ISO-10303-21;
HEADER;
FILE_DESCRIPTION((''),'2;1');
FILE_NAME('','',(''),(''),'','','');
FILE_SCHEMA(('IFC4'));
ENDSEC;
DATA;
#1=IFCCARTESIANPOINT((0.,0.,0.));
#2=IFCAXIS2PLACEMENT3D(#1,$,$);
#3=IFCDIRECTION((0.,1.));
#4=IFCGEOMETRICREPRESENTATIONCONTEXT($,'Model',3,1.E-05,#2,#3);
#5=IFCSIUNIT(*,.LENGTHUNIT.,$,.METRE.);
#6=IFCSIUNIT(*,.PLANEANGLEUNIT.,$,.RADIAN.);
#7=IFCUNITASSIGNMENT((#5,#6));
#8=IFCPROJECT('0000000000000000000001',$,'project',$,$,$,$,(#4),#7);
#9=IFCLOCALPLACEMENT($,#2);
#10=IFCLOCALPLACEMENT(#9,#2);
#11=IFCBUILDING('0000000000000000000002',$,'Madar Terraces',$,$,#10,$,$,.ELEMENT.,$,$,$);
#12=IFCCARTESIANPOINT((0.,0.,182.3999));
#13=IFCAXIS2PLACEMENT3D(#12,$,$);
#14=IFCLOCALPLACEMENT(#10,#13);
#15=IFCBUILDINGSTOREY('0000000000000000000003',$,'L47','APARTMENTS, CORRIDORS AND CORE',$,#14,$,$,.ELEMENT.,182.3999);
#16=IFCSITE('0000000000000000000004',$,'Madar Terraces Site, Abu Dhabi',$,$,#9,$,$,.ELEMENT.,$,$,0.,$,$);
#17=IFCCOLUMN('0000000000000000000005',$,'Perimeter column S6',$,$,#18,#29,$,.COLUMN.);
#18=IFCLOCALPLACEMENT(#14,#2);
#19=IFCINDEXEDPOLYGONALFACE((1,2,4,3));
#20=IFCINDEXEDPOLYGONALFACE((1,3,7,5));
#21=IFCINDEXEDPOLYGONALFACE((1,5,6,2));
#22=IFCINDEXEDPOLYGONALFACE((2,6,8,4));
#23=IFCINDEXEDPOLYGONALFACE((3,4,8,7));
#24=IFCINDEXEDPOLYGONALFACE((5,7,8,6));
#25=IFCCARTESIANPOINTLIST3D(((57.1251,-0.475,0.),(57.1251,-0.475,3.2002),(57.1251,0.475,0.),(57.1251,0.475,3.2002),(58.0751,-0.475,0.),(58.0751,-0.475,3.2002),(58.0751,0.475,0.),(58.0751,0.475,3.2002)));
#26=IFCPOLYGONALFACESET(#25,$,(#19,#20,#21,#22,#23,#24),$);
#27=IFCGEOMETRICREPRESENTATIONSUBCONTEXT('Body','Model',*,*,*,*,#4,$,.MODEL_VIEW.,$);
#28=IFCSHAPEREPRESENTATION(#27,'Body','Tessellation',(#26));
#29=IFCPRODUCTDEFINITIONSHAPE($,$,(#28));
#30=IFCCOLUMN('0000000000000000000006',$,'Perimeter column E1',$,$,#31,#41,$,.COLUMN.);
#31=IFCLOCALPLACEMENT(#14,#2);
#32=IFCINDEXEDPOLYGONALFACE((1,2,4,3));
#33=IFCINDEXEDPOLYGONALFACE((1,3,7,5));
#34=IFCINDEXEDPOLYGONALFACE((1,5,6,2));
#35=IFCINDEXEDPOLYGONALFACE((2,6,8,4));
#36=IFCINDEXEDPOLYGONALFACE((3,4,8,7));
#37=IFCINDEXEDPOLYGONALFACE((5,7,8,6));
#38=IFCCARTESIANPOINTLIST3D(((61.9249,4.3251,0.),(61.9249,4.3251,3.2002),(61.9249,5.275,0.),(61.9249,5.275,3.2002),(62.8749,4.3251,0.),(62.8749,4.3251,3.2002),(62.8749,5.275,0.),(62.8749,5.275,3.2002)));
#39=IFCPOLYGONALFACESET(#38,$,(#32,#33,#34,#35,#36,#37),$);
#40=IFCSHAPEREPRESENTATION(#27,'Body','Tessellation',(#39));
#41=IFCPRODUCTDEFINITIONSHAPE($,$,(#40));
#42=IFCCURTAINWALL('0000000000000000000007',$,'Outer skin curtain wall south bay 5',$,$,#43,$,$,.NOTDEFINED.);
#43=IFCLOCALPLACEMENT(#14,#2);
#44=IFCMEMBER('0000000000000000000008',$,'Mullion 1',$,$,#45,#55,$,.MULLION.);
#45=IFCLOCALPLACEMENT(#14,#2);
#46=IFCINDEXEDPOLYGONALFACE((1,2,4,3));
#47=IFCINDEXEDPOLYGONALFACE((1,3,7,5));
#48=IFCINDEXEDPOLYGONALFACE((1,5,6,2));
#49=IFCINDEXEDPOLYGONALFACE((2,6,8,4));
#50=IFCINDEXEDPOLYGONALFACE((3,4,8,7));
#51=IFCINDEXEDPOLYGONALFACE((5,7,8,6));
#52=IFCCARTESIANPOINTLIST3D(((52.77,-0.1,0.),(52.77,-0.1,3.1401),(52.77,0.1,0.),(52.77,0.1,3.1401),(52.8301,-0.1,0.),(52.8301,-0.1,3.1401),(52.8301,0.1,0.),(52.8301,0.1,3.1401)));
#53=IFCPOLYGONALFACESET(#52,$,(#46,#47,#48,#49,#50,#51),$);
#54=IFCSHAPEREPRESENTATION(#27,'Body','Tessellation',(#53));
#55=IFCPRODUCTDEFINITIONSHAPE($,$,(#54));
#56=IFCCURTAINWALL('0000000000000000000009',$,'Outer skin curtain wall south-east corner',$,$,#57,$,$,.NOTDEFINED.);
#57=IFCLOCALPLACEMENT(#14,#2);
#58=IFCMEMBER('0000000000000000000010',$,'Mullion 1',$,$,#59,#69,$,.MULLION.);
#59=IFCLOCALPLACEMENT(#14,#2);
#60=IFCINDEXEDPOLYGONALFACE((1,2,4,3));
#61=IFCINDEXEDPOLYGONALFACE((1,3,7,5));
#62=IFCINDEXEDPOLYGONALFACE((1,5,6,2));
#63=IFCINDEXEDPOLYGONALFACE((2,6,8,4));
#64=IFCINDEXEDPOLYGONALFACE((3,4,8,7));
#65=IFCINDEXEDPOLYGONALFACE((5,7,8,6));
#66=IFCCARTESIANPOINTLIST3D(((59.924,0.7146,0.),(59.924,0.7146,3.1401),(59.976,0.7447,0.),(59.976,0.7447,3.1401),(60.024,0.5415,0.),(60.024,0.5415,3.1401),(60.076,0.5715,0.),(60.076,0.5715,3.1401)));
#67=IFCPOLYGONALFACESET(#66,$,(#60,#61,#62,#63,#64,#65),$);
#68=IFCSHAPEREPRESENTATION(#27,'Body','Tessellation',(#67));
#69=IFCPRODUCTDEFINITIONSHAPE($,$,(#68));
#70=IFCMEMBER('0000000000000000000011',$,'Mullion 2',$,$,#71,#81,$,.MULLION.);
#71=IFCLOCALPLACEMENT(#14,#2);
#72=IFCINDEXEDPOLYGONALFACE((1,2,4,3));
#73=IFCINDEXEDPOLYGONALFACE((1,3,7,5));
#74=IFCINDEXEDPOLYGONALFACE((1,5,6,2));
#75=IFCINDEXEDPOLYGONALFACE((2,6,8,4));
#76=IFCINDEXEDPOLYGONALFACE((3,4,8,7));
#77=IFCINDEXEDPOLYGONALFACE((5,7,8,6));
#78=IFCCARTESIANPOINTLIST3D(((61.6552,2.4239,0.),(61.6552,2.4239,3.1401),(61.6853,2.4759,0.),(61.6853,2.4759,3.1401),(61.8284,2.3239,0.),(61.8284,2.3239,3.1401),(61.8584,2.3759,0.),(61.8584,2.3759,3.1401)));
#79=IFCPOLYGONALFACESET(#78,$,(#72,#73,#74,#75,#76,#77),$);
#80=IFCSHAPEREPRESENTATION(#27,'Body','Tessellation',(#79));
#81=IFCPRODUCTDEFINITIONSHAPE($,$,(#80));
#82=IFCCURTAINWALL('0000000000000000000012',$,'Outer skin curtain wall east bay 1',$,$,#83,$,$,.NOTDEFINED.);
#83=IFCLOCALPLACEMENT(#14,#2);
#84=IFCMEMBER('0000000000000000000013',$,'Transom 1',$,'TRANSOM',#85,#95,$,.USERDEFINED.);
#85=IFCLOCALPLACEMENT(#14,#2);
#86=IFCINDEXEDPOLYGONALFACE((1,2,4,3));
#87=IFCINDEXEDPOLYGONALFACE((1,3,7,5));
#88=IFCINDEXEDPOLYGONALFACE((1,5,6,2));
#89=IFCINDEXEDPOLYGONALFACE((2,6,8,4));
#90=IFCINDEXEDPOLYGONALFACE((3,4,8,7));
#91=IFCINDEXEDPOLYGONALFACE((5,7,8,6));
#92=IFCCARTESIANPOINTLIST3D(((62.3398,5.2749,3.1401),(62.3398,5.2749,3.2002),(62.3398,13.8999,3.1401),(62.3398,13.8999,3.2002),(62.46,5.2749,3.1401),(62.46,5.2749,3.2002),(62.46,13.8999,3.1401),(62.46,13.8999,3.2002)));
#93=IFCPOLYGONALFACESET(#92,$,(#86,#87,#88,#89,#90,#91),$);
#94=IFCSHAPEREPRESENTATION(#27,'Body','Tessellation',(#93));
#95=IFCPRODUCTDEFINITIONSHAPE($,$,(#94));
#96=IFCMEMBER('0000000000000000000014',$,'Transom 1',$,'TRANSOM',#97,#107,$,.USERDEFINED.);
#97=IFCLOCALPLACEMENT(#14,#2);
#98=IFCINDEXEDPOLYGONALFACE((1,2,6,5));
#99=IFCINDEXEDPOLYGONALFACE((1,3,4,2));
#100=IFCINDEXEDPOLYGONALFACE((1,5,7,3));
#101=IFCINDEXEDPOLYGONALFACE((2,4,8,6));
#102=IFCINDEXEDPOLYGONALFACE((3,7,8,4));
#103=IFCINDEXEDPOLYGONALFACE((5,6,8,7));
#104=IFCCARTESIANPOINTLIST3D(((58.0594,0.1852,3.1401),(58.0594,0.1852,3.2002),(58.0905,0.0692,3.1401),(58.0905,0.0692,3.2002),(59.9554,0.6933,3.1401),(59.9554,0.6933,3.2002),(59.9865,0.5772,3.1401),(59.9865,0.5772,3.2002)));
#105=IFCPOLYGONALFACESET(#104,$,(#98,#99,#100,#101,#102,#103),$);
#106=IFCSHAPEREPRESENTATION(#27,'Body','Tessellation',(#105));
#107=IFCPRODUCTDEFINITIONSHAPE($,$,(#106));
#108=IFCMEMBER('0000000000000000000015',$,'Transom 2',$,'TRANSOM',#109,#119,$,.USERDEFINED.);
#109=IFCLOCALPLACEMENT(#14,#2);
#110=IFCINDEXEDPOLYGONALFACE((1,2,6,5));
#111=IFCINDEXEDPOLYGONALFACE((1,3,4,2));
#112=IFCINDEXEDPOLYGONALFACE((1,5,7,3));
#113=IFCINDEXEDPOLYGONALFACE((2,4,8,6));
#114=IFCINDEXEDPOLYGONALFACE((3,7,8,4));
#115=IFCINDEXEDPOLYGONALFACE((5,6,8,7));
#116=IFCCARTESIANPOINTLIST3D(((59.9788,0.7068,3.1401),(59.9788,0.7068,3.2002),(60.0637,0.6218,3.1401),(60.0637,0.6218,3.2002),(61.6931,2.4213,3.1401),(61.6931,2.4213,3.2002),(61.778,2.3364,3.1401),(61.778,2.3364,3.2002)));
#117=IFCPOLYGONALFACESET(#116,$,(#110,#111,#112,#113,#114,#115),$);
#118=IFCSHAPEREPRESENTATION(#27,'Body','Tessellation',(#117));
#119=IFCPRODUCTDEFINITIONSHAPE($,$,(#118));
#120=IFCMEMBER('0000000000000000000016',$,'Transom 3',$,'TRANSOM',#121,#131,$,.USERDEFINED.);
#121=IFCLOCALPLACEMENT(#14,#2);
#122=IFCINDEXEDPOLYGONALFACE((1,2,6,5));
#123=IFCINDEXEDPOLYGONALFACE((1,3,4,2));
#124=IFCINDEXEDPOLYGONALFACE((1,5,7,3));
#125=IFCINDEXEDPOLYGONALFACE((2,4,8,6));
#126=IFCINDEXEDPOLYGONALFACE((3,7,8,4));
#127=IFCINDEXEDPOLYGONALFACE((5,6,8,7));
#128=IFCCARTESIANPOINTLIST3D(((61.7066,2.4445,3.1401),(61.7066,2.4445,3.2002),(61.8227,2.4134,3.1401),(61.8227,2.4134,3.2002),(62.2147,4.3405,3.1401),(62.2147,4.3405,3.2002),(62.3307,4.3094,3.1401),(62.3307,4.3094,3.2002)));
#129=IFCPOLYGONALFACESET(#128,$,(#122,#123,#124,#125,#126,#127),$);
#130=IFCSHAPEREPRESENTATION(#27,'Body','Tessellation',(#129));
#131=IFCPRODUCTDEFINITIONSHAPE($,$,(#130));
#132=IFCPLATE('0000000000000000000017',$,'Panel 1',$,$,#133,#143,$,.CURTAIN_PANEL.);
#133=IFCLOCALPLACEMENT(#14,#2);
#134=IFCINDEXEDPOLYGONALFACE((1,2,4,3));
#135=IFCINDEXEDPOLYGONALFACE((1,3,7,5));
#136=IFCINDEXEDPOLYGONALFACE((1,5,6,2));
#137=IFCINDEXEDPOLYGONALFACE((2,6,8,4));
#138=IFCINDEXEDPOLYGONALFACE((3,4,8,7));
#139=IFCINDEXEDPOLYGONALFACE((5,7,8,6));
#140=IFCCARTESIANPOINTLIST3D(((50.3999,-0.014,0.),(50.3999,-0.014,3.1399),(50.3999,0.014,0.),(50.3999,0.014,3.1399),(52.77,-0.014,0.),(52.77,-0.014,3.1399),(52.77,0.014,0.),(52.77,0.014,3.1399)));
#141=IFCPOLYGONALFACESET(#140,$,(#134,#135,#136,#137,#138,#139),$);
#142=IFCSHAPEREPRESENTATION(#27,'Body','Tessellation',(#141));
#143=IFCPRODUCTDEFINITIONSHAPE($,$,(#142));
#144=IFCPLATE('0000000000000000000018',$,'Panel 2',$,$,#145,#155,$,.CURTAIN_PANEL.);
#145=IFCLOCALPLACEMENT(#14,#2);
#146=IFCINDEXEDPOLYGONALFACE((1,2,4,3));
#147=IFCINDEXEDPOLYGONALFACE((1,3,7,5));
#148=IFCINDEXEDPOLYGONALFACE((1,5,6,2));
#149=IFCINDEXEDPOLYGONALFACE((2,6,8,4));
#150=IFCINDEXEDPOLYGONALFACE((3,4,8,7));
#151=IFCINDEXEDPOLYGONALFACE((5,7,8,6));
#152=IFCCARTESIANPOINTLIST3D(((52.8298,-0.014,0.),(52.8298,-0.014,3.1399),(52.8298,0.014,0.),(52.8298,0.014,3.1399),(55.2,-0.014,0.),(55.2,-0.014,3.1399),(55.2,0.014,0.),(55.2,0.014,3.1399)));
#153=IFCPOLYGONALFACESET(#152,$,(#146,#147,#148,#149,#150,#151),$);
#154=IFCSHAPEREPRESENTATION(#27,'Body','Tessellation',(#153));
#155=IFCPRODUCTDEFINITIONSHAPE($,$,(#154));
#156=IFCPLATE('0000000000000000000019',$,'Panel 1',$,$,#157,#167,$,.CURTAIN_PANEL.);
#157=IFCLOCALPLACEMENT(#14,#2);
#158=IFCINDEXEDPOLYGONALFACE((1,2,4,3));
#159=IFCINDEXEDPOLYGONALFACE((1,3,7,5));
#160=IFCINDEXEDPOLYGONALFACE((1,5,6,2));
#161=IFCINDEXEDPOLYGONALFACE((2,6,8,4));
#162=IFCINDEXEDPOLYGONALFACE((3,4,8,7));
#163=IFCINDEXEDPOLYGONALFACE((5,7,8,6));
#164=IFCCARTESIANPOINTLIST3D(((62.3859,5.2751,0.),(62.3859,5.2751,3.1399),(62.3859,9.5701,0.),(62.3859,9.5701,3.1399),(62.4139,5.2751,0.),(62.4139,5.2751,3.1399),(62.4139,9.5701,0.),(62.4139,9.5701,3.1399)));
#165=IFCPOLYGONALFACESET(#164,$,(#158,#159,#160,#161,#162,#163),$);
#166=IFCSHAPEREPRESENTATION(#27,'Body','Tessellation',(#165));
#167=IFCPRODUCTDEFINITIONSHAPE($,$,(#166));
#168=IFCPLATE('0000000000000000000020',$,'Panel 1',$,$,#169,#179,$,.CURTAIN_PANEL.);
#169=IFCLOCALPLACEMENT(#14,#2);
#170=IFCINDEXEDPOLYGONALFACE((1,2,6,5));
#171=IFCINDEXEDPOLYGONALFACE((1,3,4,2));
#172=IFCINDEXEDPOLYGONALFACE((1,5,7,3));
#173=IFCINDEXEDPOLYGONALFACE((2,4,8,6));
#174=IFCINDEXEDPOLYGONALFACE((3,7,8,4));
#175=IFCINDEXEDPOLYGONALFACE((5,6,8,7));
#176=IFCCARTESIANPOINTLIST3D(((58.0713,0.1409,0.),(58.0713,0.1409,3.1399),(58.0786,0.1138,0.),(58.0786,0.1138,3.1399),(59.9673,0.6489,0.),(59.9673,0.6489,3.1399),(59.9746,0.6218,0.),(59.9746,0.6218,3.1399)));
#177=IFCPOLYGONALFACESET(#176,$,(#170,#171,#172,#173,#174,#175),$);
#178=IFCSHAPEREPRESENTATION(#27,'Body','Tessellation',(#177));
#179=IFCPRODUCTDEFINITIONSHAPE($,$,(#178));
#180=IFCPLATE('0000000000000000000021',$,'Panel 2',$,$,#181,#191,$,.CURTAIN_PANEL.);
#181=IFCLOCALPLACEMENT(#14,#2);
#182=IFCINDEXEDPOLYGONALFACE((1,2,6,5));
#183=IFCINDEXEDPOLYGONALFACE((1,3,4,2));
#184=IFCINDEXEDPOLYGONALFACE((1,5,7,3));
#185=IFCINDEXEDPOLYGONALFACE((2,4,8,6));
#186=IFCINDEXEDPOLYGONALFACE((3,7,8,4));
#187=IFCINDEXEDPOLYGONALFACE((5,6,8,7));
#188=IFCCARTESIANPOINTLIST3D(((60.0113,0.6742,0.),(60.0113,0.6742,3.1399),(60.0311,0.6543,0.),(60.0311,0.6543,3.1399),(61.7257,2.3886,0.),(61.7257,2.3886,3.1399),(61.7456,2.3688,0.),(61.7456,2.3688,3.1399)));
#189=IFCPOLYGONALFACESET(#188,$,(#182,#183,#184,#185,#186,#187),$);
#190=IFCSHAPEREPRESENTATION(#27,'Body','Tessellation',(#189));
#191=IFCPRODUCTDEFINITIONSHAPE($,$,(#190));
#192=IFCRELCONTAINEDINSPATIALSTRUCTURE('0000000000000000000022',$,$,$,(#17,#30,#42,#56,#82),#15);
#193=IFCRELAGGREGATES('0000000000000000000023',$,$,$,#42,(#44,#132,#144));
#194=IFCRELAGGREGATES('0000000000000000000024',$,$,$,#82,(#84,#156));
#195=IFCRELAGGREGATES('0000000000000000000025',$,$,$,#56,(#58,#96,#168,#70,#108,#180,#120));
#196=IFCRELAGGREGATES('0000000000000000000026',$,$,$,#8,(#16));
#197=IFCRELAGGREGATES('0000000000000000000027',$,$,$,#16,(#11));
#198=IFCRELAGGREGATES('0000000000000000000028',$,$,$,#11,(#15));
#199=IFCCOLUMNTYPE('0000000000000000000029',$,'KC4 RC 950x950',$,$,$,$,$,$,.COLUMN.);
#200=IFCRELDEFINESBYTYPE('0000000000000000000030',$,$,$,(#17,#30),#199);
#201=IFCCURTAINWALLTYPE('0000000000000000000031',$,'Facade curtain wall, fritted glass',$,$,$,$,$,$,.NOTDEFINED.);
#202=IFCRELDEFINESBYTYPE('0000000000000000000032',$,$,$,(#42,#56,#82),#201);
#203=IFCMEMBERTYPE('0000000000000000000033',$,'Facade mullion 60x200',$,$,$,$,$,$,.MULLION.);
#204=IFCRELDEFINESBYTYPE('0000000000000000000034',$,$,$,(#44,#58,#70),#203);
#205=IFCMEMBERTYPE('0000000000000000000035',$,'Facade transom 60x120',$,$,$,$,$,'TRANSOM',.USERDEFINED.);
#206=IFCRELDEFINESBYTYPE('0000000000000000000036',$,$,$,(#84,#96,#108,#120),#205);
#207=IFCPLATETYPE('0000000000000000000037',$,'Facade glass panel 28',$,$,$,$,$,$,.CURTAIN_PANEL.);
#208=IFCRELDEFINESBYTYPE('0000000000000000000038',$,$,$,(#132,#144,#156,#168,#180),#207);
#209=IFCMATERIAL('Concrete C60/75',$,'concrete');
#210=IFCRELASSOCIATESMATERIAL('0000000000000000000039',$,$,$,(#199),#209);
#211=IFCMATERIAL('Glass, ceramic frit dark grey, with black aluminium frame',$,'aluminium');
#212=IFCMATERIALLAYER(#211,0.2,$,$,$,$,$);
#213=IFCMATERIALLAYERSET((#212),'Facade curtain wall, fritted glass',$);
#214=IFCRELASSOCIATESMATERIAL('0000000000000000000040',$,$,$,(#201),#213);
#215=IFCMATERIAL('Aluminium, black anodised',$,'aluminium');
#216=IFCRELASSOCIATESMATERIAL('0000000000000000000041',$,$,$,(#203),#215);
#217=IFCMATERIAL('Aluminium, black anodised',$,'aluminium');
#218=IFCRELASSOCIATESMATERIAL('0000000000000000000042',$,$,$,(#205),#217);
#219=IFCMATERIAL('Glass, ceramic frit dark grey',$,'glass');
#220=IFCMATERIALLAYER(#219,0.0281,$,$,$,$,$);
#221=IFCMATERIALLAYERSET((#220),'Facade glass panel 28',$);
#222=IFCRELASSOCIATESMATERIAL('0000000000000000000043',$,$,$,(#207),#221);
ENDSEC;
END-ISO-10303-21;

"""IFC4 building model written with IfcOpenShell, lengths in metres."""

from ifc_helpers import new_model, si_unit, direction, frame, origin, origin_2d, place, context, subcontext, project, spatial, rectangle, extrude, material, layer, layer_set, material_profile, profile_set, type_object, element, aggregate, save


model = new_model("IFC4")

# Units and contexts
model_context = context("Model", 3, precision=1e-05, world=origin(), true_north=direction((0.0, 1.0)))
body_context = subcontext(model_context, "Body", "Model", "MODEL_VIEW")
ifc_project = project(units=[si_unit("LENGTHUNIT", "METRE"), si_unit("PLANEANGLEUNIT", "RADIAN")], contexts=[model_context])

# Site, building, storey
site_placement = place(None, origin())
site = spatial("IfcSite", under=ifc_project, at=site_placement, Name="Madar Terraces Site, Abu Dhabi", CompositionType="ELEMENT", RefElevation=0.0)
building_placement = place(site_placement, origin())
building = spatial("IfcBuilding", under=site, at=building_placement, Name="Madar Terraces", CompositionType="ELEMENT")
storey_placement = place(building_placement, frame((0.0, 0.0, 182.3999)))
storey = spatial("IfcBuildingStorey", under=building, at=storey_placement, Name="L47", Description="APARTMENTS, CORRIDORS AND CORE", CompositionType="ELEMENT", Elevation=182.3999)

# Columns
ifc_material_1 = material(Name="Concrete C60/75", Category="concrete")
ifc_material_profile_1 = material_profile(ifc_material_1, rectangle(XDim=0.95, YDim=0.95, at=origin_2d()), Name="KC4 RC 950x950")
ifc_profile_set_1 = profile_set([ifc_material_profile_1], Name="Concrete C60/75")
column_type = type_object("IfcColumnType", Name="KC4 RC 950x950", PredefinedType="COLUMN", material=ifc_profile_set_1)
for number, where, z_axis, x_axis, name in (
    (1, (57.6001, 0.0, 0.0), (0.0, 0.0, 1.0), (1.0, 0.0, 0.0), "Perimeter column S6"),
    (2, (62.3999, 4.8, 0.0), (0.0, 0.0, 1.0), (1.0, 0.0, 0.0), "Perimeter column E1"),
):
    element("IfcColumn", number, at=place(storey_placement, frame(where, z_axis=z_axis, x_axis=x_axis)), inside=storey, type_object=column_type, Name=name, PredefinedType="COLUMN", context=body_context, shape_type="SweptSolid", body=[
        extrude(rectangle(XDim=0.95, YDim=0.95, at=origin_2d()), origin(), (0.0, 0.0, 1.0), 3.2002),
    ])

# Curtain wall, member
ifc_material_2 = material(Name="Glass, ceramic frit dark grey, with black aluminium frame", Category="aluminium")
ifc_layer_1 = layer(ifc_material_2, 0.2)
ifc_layer_set_1 = layer_set([ifc_layer_1], Name="Facade curtain wall, fritted glass")
curtain_wall_type = type_object("IfcCurtainWallType", Name="Facade curtain wall, fritted glass", PredefinedType="NOTDEFINED", material=ifc_layer_set_1)
curtain_wall_1_placement = place(storey_placement, origin())
curtain_wall_1 = element("IfcCurtainWall", 3, at=curtain_wall_1_placement, inside=storey, type_object=curtain_wall_type, Name="Outer skin curtain wall south bay 5", PredefinedType="NOTDEFINED")
ifc_material_3 = material(Name="Aluminium, black anodised", Category="aluminium")
ifc_material_profile_2 = material_profile(ifc_material_3, rectangle(XDim=0.2, YDim=0.0601, at=origin_2d()), Name="Facade mullion 60x200")
ifc_profile_set_2 = profile_set([ifc_material_profile_2], Name="Aluminium, black anodised")
member_type_1 = type_object("IfcMemberType", Name="Facade mullion 60x200", PredefinedType="MULLION", material=ifc_profile_set_2)
member_1_placement = place(storey_placement, frame((52.8, 0.0, 0.0), z_axis=(0.0, 0.0, 1.0), x_axis=(0.0, 1.0, 0.0)))
member_1 = element("IfcMember", 4, at=member_1_placement, type_object=member_type_1, Name="Mullion 1", PredefinedType="MULLION", context=body_context, shape_type="SweptSolid", body=[
    extrude(rectangle(XDim=0.2, YDim=0.0601, at=origin_2d()), origin(), (0.0, 0.0, 1.0), 3.1401),
])

# Curtain wall, members
curtain_wall_2_placement = place(storey_placement, origin())
curtain_wall_2 = element("IfcCurtainWall", 5, at=curtain_wall_2_placement, inside=storey, type_object=curtain_wall_type, Name="Outer skin curtain wall south-east corner", PredefinedType="NOTDEFINED")
member_2_placement = place(storey_placement, frame((60.0, 0.6431, 0.0), z_axis=(0.0, 0.0, 1.0), x_axis=(-0.5, 0.866025, 0.0)))
member_2 = element("IfcMember", 6, at=member_2_placement, type_object=member_type_1, Name="Mullion 1", PredefinedType="MULLION", context=body_context, shape_type="SweptSolid", body=[
    extrude(rectangle(XDim=0.2, YDim=0.0601, at=origin_2d()), origin(), (0.0, 0.0, 1.0), 3.1401),
])
member_3_placement = place(storey_placement, frame((61.7568, 2.3999, 0.0), z_axis=(0.0, 0.0, 1.0), x_axis=(-0.866025, 0.5, 0.0)))
member_3 = element("IfcMember", 7, at=member_3_placement, type_object=member_type_1, Name="Mullion 2", PredefinedType="MULLION", context=body_context, shape_type="SweptSolid", body=[
    extrude(rectangle(XDim=0.2, YDim=0.0601, at=origin_2d()), origin(), (0.0, 0.0, 1.0), 3.1401),
])

# Curtain wall, member
curtain_wall_3_placement = place(storey_placement, origin())
curtain_wall_3 = element("IfcCurtainWall", 8, at=curtain_wall_3_placement, inside=storey, type_object=curtain_wall_type, Name="Outer skin curtain wall east bay 1", PredefinedType="NOTDEFINED")
ifc_material_4 = material(Name="Aluminium, black anodised", Category="aluminium")
ifc_material_profile_3 = material_profile(ifc_material_4, rectangle(XDim=0.1201, YDim=0.0601, at=origin_2d()), Name="Facade transom 60x120")
ifc_profile_set_3 = profile_set([ifc_material_profile_3], Name="Aluminium, black anodised")
member_type_2 = type_object("IfcMemberType", Name="Facade transom 60x120", ElementType="TRANSOM", PredefinedType="USERDEFINED", material=ifc_profile_set_3)
member_4_placement = place(storey_placement, frame((62.3999, 5.2749, 3.1702), z_axis=(0.0, 1.0, 0.0), x_axis=(-1.0, 0.0, 0.0)))
member_4 = element("IfcMember", 9, at=member_4_placement, type_object=member_type_2, Name="Transom 1", ObjectType="TRANSOM", PredefinedType="USERDEFINED", context=body_context, shape_type="SweptSolid", body=[
    extrude(rectangle(XDim=0.1201, YDim=0.0601, at=origin_2d()), origin(), (0.0, 0.0, 1.0), 8.625),
])

# Members
member_5_placement = place(storey_placement, frame((58.075, 0.1272, 3.1702), z_axis=(0.965923, 0.258831, 0.0), x_axis=(-0.258831, 0.965923, 0.0)))
member_5 = element("IfcMember", 10, at=member_5_placement, type_object=member_type_2, Name="Transom 1", ObjectType="TRANSOM", PredefinedType="USERDEFINED", context=body_context, shape_type="SweptSolid", body=[
    extrude(rectangle(XDim=0.1201, YDim=0.0601, at=origin_2d()), origin(), (0.0, 0.0, 1.0), 1.9629),
])
member_6_placement = place(storey_placement, frame((60.0212, 0.6643, 3.1702), z_axis=(0.707056, 0.707157, 0.0), x_axis=(-0.707157, 0.707056, 0.0)))
member_6 = element("IfcMember", 11, at=member_6_placement, type_object=member_type_2, Name="Transom 2", ObjectType="TRANSOM", PredefinedType="USERDEFINED", context=body_context, shape_type="SweptSolid", body=[
    extrude(rectangle(XDim=0.1201, YDim=0.0601, at=origin_2d()), origin(), (0.0, 0.0, 1.0), 2.4246),
])
member_7_placement = place(storey_placement, frame((61.7646, 2.429, 3.1702), z_axis=(0.258831, 0.965923, 0.0), x_axis=(-0.965923, 0.258831, 0.0)))
member_7 = element("IfcMember", 12, at=member_7_placement, type_object=member_type_2, Name="Transom 3", ObjectType="TRANSOM", PredefinedType="USERDEFINED", context=body_context, shape_type="SweptSolid", body=[
    extrude(rectangle(XDim=0.1201, YDim=0.0601, at=origin_2d()), origin(), (0.0, 0.0, 1.0), 1.9629),
])

# Plates
ifc_material_5 = material(Name="Glass, ceramic frit dark grey", Category="glass")
ifc_layer_2 = layer(ifc_material_5, 0.0281)
ifc_layer_set_2 = layer_set([ifc_layer_2], Name="Facade glass panel 28")
plate_type = type_object("IfcPlateType", Name="Facade glass panel 28", PredefinedType="CURTAIN_PANEL", material=ifc_layer_set_2)
plate_1_placement = place(storey_placement, frame((51.585, 0.0, 0.0), z_axis=(0.0, 0.0, 1.0), x_axis=(1.0, 0.0, 0.0)))
plate_1 = element("IfcPlate", 13, at=plate_1_placement, type_object=plate_type, Name="Panel 1", PredefinedType="CURTAIN_PANEL", context=body_context, shape_type="SweptSolid", body=[
    extrude(rectangle(XDim=2.3701, YDim=0.0281, at=origin_2d()), origin(), (0.0, 0.0, 1.0), 3.1399),
])
plate_2_placement = place(storey_placement, frame((54.0149, 0.0, 0.0), z_axis=(0.0, 0.0, 1.0), x_axis=(1.0, 0.0, 0.0)))
plate_2 = element("IfcPlate", 14, at=plate_2_placement, type_object=plate_type, Name="Panel 2", PredefinedType="CURTAIN_PANEL", context=body_context, shape_type="SweptSolid", body=[
    extrude(rectangle(XDim=2.3701, YDim=0.0281, at=origin_2d()), origin(), (0.0, 0.0, 1.0), 3.1399),
])
aggregate(curtain_wall_1, [member_1, plate_1, plate_2])
plate_3_placement = place(storey_placement, frame((62.3999, 7.4226, 0.0), z_axis=(0.0, 0.0, 1.0), x_axis=(0.0, 1.0, 0.0)))
plate_3 = element("IfcPlate", 15, at=plate_3_placement, type_object=plate_type, Name="Panel 1", PredefinedType="CURTAIN_PANEL", context=body_context, shape_type="SweptSolid", body=[
    extrude(rectangle(XDim=4.2949, YDim=0.0281, at=origin_2d()), origin(), (0.0, 0.0, 1.0), 3.1399),
])
aggregate(curtain_wall_3, [member_4, plate_3])
plate_4_placement = place(storey_placement, frame((59.0229, 0.3813, 0.0), z_axis=(0.0, 0.0, 1.0), x_axis=(0.965926, 0.258819, 0.0)))
plate_4 = element("IfcPlate", 16, at=plate_4_placement, type_object=plate_type, Name="Panel 1", PredefinedType="CURTAIN_PANEL", context=body_context, shape_type="SweptSolid", body=[
    extrude(rectangle(XDim=1.9629, YDim=0.0281, at=origin_2d()), origin(), (0.0, 0.0, 1.0), 3.1399),
])
plate_5_placement = place(storey_placement, frame((60.8784, 1.5215, 0.0), z_axis=(0.0, 0.0, 1.0), x_axis=(0.707107, 0.707107, 0.0)))
plate_5 = element("IfcPlate", 17, at=plate_5_placement, type_object=plate_type, Name="Panel 2", PredefinedType="CURTAIN_PANEL", context=body_context, shape_type="SweptSolid", body=[
    extrude(rectangle(XDim=2.4246, YDim=0.0281, at=origin_2d()), origin(), (0.0, 0.0, 1.0), 3.1399),
])
aggregate(curtain_wall_2, [member_2, member_5, plate_4, member_3, member_6, plate_5, member_7])

save(model, "model.ifc")
